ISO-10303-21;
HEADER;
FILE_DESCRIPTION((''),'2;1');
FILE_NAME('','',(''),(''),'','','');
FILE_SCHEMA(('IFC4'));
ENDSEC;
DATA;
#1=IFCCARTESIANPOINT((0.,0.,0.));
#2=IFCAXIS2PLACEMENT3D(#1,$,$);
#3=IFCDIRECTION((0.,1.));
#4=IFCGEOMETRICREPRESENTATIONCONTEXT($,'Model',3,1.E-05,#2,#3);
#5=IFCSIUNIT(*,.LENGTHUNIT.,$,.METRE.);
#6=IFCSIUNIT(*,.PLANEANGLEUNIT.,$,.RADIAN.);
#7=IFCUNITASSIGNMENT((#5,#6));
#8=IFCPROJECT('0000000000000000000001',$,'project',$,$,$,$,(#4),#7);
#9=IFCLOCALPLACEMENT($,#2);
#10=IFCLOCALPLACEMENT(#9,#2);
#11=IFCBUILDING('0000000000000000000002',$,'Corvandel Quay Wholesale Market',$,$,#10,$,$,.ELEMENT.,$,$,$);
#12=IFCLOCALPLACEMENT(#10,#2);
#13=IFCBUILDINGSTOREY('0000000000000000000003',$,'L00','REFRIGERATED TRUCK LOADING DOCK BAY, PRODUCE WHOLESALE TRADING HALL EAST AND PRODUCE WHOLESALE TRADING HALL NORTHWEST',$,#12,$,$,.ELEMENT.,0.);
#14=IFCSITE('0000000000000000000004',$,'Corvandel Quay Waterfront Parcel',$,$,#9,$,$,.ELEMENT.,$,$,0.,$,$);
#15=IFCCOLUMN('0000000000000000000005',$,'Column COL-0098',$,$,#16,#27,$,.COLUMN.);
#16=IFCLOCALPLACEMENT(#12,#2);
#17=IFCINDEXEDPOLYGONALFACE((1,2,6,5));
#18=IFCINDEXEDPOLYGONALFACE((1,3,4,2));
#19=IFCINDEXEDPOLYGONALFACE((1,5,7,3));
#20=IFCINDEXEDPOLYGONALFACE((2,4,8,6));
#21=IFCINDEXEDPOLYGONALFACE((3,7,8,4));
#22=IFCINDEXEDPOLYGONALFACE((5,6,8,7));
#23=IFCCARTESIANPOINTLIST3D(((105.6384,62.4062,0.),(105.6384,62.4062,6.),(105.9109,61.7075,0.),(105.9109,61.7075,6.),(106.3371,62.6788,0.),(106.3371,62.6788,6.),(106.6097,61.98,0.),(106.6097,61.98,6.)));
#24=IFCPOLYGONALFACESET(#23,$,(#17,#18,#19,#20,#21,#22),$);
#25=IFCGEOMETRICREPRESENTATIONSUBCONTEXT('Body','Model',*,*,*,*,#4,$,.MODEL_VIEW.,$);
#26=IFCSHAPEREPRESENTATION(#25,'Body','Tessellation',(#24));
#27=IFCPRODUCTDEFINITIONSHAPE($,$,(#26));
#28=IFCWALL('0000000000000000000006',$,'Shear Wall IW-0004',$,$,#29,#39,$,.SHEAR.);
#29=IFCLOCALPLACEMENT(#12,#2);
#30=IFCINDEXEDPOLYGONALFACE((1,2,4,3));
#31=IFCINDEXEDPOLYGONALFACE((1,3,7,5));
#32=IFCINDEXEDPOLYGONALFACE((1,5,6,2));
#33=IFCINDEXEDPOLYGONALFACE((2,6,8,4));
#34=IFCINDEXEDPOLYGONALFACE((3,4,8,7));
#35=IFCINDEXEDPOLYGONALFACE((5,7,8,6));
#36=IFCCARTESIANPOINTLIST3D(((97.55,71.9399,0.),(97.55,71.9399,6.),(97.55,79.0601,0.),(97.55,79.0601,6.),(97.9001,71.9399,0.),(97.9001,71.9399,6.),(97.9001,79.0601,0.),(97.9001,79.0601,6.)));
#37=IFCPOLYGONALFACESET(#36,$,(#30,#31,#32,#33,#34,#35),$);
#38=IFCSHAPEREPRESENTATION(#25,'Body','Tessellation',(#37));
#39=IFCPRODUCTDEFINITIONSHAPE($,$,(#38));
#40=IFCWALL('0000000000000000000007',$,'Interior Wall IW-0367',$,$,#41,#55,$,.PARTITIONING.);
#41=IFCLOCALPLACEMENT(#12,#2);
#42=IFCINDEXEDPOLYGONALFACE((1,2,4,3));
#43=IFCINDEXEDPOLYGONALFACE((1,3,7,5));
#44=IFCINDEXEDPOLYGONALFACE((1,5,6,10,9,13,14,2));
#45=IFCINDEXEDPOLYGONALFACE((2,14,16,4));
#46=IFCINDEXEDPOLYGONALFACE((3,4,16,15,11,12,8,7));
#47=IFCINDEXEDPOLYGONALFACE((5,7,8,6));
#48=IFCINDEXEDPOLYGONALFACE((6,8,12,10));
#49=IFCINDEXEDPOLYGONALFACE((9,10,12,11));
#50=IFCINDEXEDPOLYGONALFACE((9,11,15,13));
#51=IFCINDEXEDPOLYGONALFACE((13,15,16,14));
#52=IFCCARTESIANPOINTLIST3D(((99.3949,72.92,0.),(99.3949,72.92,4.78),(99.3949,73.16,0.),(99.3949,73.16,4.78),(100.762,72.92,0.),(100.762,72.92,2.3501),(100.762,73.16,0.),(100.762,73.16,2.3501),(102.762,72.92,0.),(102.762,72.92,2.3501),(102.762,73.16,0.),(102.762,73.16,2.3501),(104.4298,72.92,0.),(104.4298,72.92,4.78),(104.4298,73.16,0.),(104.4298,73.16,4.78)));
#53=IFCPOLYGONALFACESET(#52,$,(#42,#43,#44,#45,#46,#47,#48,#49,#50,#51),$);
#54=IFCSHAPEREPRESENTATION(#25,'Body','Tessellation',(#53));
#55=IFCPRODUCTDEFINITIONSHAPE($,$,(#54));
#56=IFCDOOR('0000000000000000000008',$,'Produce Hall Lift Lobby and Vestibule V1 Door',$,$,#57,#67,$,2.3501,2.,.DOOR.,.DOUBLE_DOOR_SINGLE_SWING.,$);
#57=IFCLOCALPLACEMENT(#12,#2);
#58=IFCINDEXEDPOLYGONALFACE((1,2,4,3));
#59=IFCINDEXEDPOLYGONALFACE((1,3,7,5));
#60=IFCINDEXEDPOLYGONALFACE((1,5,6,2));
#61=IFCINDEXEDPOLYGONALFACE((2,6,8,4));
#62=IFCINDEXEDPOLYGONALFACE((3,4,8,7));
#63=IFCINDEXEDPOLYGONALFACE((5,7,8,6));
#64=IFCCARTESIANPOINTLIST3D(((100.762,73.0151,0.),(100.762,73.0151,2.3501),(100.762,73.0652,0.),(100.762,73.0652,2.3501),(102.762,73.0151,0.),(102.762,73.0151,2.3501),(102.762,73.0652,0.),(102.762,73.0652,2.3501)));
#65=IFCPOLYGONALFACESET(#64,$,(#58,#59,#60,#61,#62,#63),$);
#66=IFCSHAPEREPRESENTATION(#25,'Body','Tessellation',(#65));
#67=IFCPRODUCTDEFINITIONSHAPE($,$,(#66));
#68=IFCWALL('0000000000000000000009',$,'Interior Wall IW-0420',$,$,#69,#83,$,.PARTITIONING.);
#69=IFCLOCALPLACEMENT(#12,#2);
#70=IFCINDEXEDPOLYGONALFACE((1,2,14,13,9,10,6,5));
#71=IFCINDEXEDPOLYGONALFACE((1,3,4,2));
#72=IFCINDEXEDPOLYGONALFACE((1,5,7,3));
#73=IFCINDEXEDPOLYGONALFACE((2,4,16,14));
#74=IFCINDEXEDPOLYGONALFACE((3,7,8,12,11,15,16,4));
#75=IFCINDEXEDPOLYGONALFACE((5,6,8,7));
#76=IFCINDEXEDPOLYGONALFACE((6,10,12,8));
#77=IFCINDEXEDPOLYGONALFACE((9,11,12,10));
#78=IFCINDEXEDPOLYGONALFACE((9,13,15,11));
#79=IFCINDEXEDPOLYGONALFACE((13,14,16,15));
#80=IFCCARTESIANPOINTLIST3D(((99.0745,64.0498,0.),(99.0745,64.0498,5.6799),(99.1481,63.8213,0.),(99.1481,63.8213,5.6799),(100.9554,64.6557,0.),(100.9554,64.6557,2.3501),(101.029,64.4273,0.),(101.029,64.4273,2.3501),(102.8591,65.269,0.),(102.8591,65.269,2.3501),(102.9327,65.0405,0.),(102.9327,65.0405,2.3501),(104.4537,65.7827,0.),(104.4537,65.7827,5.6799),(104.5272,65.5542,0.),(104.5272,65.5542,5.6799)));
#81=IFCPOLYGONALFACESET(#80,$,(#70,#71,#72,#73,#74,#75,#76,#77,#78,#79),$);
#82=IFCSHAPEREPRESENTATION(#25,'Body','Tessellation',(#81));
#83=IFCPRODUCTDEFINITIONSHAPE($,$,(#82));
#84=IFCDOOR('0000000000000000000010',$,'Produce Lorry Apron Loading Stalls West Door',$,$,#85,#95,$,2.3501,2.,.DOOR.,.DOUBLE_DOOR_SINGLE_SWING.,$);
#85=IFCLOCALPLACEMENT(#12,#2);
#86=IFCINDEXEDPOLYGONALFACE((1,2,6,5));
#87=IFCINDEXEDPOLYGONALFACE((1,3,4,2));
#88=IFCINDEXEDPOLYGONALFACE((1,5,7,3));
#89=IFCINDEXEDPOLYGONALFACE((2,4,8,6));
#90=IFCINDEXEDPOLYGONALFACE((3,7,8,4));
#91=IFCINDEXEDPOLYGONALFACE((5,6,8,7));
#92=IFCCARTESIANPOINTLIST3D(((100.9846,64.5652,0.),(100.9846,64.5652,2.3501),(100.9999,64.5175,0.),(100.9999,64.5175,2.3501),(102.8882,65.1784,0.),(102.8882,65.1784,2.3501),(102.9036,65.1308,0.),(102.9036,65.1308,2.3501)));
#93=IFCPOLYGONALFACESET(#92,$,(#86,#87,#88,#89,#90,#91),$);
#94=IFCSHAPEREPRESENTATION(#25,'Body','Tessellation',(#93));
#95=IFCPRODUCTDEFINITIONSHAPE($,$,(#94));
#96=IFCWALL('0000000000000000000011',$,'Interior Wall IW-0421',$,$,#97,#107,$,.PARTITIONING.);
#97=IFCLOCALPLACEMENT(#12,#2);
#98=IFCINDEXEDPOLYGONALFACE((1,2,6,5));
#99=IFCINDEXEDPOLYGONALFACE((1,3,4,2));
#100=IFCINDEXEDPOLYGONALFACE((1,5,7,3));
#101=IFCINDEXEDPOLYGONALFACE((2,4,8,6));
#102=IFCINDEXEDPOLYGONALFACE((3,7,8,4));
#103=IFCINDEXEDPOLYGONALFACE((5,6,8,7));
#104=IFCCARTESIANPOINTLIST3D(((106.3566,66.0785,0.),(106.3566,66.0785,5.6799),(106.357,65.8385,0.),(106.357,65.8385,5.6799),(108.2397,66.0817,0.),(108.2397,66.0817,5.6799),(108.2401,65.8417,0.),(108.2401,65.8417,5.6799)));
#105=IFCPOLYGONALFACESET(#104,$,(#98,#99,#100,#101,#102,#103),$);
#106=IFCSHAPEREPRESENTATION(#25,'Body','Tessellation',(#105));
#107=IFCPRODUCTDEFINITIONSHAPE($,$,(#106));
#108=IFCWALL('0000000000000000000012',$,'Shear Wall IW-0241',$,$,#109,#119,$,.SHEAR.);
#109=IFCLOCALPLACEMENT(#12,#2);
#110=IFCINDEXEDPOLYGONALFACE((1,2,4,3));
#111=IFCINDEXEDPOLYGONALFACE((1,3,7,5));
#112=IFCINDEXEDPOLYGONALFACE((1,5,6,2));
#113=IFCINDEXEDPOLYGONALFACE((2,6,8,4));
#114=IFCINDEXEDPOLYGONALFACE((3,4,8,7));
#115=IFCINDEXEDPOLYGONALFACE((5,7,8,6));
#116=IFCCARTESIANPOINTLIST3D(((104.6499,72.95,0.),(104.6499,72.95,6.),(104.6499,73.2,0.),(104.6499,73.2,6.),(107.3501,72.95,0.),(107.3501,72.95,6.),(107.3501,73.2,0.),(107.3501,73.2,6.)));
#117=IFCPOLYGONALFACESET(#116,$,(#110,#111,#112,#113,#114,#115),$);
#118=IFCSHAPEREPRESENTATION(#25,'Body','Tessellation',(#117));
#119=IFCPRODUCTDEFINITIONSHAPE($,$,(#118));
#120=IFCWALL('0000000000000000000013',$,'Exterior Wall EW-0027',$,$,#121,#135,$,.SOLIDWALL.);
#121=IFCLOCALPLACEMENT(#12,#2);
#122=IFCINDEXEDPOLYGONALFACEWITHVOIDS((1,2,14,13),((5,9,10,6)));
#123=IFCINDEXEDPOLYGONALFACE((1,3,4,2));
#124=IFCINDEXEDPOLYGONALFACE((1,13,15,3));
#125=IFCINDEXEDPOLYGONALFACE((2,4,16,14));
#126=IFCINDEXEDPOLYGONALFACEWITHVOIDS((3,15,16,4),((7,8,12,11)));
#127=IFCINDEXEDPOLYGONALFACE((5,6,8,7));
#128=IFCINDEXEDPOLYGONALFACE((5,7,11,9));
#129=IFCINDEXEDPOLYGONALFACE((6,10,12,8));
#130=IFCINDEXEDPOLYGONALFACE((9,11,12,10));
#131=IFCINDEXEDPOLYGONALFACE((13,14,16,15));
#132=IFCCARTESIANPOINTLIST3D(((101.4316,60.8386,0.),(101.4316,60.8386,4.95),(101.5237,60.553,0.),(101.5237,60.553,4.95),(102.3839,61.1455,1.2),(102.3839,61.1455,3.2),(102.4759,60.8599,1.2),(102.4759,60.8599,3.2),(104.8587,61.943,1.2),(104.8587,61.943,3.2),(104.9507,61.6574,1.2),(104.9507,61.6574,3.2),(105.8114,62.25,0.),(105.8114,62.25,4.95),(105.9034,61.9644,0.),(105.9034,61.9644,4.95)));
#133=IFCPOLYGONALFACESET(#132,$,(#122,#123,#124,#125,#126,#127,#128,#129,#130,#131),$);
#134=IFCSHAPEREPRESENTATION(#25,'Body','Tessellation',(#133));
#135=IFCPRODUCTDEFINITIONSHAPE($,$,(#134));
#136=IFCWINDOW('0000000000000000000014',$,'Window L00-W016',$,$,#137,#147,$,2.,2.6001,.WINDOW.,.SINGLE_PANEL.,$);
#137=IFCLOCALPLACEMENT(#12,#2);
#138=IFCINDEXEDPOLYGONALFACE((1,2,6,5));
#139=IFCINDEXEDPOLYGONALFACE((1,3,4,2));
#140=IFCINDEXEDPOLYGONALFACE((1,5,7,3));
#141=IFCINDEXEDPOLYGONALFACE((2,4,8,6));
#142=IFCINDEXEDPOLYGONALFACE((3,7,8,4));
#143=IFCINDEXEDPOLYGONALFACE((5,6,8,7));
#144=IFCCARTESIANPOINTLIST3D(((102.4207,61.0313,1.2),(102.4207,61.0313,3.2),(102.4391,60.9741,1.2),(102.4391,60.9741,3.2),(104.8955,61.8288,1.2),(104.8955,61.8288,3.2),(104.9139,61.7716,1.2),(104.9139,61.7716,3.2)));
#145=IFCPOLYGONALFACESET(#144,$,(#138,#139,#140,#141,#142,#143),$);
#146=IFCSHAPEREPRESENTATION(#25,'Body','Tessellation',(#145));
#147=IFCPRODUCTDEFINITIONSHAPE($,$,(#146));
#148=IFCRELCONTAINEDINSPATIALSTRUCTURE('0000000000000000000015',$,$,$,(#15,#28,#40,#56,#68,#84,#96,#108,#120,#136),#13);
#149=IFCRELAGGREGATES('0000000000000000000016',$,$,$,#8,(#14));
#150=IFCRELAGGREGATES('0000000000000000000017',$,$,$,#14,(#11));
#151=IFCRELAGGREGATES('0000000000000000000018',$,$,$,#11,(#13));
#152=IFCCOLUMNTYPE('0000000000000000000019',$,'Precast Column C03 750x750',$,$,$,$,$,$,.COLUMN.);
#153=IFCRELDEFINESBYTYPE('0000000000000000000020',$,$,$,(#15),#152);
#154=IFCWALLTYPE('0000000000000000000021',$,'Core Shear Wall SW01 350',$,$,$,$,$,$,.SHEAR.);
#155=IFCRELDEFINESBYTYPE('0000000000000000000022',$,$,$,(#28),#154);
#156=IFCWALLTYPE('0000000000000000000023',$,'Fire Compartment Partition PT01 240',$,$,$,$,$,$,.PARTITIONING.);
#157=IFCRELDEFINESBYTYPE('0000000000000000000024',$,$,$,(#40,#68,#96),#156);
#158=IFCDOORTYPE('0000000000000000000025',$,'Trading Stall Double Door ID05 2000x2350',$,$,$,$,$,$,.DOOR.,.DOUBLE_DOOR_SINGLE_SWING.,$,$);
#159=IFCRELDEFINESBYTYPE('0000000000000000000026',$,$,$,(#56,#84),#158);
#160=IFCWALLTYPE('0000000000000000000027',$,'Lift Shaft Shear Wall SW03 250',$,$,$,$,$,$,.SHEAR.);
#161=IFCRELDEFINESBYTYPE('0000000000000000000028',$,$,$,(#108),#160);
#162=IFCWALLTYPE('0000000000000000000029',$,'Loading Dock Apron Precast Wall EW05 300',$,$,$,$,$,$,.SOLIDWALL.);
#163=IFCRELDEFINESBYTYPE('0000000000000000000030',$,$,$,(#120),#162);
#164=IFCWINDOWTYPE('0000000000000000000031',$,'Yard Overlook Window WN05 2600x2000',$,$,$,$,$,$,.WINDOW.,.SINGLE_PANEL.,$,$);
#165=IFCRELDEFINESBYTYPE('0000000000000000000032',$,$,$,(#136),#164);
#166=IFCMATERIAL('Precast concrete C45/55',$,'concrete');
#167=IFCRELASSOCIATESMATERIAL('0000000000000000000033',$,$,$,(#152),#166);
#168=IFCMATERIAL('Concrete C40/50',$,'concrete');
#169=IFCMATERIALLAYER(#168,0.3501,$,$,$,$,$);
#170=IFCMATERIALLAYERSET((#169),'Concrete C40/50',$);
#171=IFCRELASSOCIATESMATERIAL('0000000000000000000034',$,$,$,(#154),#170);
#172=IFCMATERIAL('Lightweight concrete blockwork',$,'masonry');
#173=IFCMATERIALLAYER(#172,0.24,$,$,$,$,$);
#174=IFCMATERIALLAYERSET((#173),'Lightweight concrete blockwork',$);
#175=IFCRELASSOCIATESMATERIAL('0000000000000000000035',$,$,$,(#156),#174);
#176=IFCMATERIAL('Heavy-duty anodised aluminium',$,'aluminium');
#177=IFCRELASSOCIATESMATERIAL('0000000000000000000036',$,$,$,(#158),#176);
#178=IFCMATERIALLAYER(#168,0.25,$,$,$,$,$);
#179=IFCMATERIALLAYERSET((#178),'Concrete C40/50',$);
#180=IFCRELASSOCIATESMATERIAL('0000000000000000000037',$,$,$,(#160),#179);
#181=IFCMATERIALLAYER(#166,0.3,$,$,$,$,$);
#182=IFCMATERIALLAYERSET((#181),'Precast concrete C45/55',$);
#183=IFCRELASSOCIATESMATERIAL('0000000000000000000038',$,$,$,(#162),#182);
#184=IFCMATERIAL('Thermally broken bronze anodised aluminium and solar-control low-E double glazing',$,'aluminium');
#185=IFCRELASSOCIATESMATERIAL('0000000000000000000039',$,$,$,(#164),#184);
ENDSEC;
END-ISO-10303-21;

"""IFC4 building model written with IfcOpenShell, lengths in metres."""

from ifc_helpers import new_model, si_unit, direction, frame, frame_2d, origin, origin_2d, place, context, subcontext, project, spatial, rectangle, extrude, material, layer, layer_set, material_profile, profile_set, type_object, element, fill, save


model = new_model("IFC4")

# Units and contexts
model_context = context("Model", 3, precision=1e-05, world=origin(), true_north=direction((0.0, 1.0)))
body_context = subcontext(model_context, "Body", "Model", "MODEL_VIEW")
ifc_project = project(units=[si_unit("LENGTHUNIT", "METRE"), si_unit("PLANEANGLEUNIT", "RADIAN")], contexts=[model_context])

# Site, building, storey
site_placement = place(None, origin())
site = spatial("IfcSite", under=ifc_project, at=site_placement, Name="Corvandel Quay Waterfront Parcel", CompositionType="ELEMENT", RefElevation=0.0)
building_placement = place(site_placement, origin())
building = spatial("IfcBuilding", under=site, at=building_placement, Name="Corvandel Quay Wholesale Market", CompositionType="ELEMENT")
storey_placement = place(building_placement, origin())
storey = spatial("IfcBuildingStorey", under=building, at=storey_placement, Name="L00", Description="REFRIGERATED TRUCK LOADING DOCK BAY, PRODUCE WHOLESALE TRADING HALL EAST AND PRODUCE WHOLESALE TRADING HALL NORTHWEST", CompositionType="ELEMENT", Elevation=0.0)

# Shared definitions
ifc_material_1 = material(Name="Concrete C40/50", Category="concrete")

# Column
ifc_material_2 = material(Name="Precast concrete C45/55", Category="concrete")
ifc_material_profile_1 = material_profile(ifc_material_2, rectangle(XDim=0.75, YDim=0.75, at=origin_2d()), Name="PC-COL-750x750")
ifc_profile_set_1 = profile_set([ifc_material_profile_1], Name="Precast concrete C45/55")
column_type_1 = type_object("IfcColumnType", Name="Precast Column C03 750x750", PredefinedType="COLUMN", material=ifc_profile_set_1)
column_placement = place(storey_placement, frame((106.124, 62.1931, 0.0), z_axis=(0.0, 0.0, 1.0), x_axis=(0.931628, 0.363414, 0.0)))
element("IfcColumn", 1, at=column_placement, inside=storey, type_object=column_type_1, Name="Column COL-0098", PredefinedType="COLUMN", context=body_context, shape_type="SweptSolid", body=[
    extrude(rectangle(XDim=0.75, YDim=0.75, at=origin_2d()), origin(), (0.0, 0.0, 1.0), 6.0),
])

# Wall
ifc_layer_1 = layer(ifc_material_1, 0.3501)
ifc_layer_set_1 = layer_set([ifc_layer_1], Name="Concrete C40/50")
wall_type_1 = type_object("IfcWallType", Name="Core Shear Wall SW01 350", PredefinedType="SHEAR", material=ifc_layer_set_1)
wall_1_placement = place(storey_placement, frame((97.7251, 71.9399, 0.0), z_axis=(0.0, 0.0, 1.0), x_axis=(0.0, 1.0, 0.0)))
element("IfcWall", 2, at=wall_1_placement, inside=storey, type_object=wall_type_1, Name="Shear Wall IW-0004", PredefinedType="SHEAR", context=body_context, shape_type="SweptSolid", body=[
    extrude(rectangle(XDim=7.1201, YDim=0.3501, at=frame_2d((3.5601, 0.0))), origin(), (0.0, 0.0, 1.0), 6.0),
])

# Walls, openings, doors
ifc_material_3 = material(Name="Lightweight concrete blockwork", Category="masonry")
ifc_layer_2 = layer(ifc_material_3, 0.24)
ifc_layer_set_2 = layer_set([ifc_layer_2], Name="Lightweight concrete blockwork")
wall_type_2 = type_object("IfcWallType", Name="Fire Compartment Partition PT01 240", PredefinedType="PARTITIONING", material=ifc_layer_set_2)
wall_2_placement = place(storey_placement, frame((104.4299, 73.04, 0.0), z_axis=(0.0, 0.0, 1.0), x_axis=(-1.0, 0.0, 0.0)))
wall_2 = element("IfcWall", 3, at=wall_2_placement, inside=storey, type_object=wall_type_2, Name="Interior Wall IW-0367", PredefinedType="PARTITIONING", context=body_context, shape_type="SweptSolid", body=[
    extrude(rectangle(XDim=5.0349, YDim=0.24, at=frame_2d((2.5176, 0.0))), origin(), (0.0, 0.0, 1.0), 4.78),
])
opening_1_placement = place(wall_2_placement, frame((1.668, 0.0, 0.0)))
opening_1 = element("IfcOpeningElement", 4, at=opening_1_placement, cuts=wall_2, PredefinedType="OPENING", context=body_context, shape_type="SweptSolid", body=[
    extrude(rectangle(XDim=2.0, YDim=2.3501, at=frame_2d((1.0, 1.175))), frame((0.0, 0.1299, 0.0), z_axis=(0.0, -1.0, 0.0), x_axis=(1.0, 0.0, 0.0)), (0.0, 0.0, 1.0), 0.26),
])
ifc_material_4 = material(Name="Heavy-duty anodised aluminium", Category="aluminium")
door_type = type_object("IfcDoorType", Name="Trading Stall Double Door ID05 2000x2350", OperationType="DOUBLE_DOOR_SINGLE_SWING", PredefinedType="DOOR", material=ifc_material_4)
door_1_placement = place(opening_1_placement, origin())
door_1 = element("IfcDoor", 5, at=door_1_placement, inside=storey, type_object=door_type, Name="Produce Hall Lift Lobby and Vestibule V1 Door", OperationType="DOUBLE_DOOR_SINGLE_SWING", OverallHeight=2.3501, OverallWidth=2.0, PredefinedType="DOOR", context=body_context, shape_type="SweptSolid", body=[
    extrude(rectangle(XDim=2.0, YDim=2.3501, at=frame_2d((1.0, 1.175))), frame((0.0, 0.0249, 0.0), z_axis=(0.0, -1.0, 0.0), x_axis=(1.0, 0.0, 0.0)), (0.0, 0.0, 1.0), 0.05),
])
fill(opening_1, door_1)
wall_3_placement = place(storey_placement, frame((99.1113, 63.9355, 0.0), z_axis=(0.0, 0.0, 1.0), x_axis=(0.951827, 0.306634, 0.0)))
wall_3 = element("IfcWall", 6, at=wall_3_placement, inside=storey, type_object=wall_type_2, Name="Interior Wall IW-0420", PredefinedType="PARTITIONING", context=body_context, shape_type="SweptSolid", body=[
    extrude(rectangle(XDim=5.6514, YDim=0.24, at=frame_2d((2.8257, 0.0))), origin(), (0.0, 0.0, 1.0), 5.6799),
])
opening_2_placement = place(wall_3_placement, frame((1.9761, 0.0, 0.0)))
opening_2 = element("IfcOpeningElement", 7, at=opening_2_placement, cuts=wall_3, PredefinedType="OPENING", context=body_context, shape_type="SweptSolid", body=[
    extrude(rectangle(XDim=2.0, YDim=2.3501, at=frame_2d((1.0, 1.175))), frame((0.0, 0.1299, 0.0), z_axis=(0.0, -1.0, 0.0), x_axis=(1.0, 0.0, 0.0)), (0.0, 0.0, 1.0), 0.26),
])
door_2_placement = place(opening_2_placement, origin())
door_2 = element("IfcDoor", 8, at=door_2_placement, inside=storey, type_object=door_type, Name="Produce Lorry Apron Loading Stalls West Door", OperationType="DOUBLE_DOOR_SINGLE_SWING", OverallHeight=2.3501, OverallWidth=2.0, PredefinedType="DOOR", context=body_context, shape_type="SweptSolid", body=[
    extrude(rectangle(XDim=2.0, YDim=2.3501, at=frame_2d((1.0, 1.175))), frame((0.0, 0.0249, 0.0), z_axis=(0.0, -1.0, 0.0), x_axis=(1.0, 0.0, 0.0)), (0.0, 0.0, 1.0), 0.05),
])
fill(opening_2, door_2)

# Walls
wall_4_placement = place(storey_placement, frame((106.3569, 65.9585, 0.0), z_axis=(0.0, 0.0, 1.0), x_axis=(0.999999, 0.001685, 0.0)))
element("IfcWall", 9, at=wall_4_placement, inside=storey, type_object=wall_type_2, Name="Interior Wall IW-0421", PredefinedType="PARTITIONING", context=body_context, shape_type="SweptSolid", body=[
    extrude(rectangle(XDim=1.8831, YDim=0.24, at=frame_2d((0.9414, 0.0))), origin(), (0.0, 0.0, 1.0), 5.6799),
])
ifc_layer_3 = layer(ifc_material_1, 0.25)
ifc_layer_set_3 = layer_set([ifc_layer_3], Name="Concrete C40/50")
wall_type_3 = type_object("IfcWallType", Name="Lift Shaft Shear Wall SW03 250", PredefinedType="SHEAR", material=ifc_layer_set_3)
wall_5_placement = place(storey_placement, frame((104.6499, 73.075, 0.0), z_axis=(0.0, 0.0, 1.0), x_axis=(1.0, 0.0, 0.0)))
element("IfcWall", 10, at=wall_5_placement, inside=storey, type_object=wall_type_3, Name="Shear Wall IW-0241", PredefinedType="SHEAR", context=body_context, shape_type="SweptSolid", body=[
    extrude(rectangle(XDim=2.7002, YDim=0.25, at=frame_2d((1.3501, 0.0))), origin(), (0.0, 0.0, 1.0), 6.0),
])

# Wall, opening, window
ifc_layer_4 = layer(ifc_material_2, 0.3)
ifc_layer_set_4 = layer_set([ifc_layer_4], Name="Precast concrete C45/55")
wall_type_4 = type_object("IfcWallType", Name="Loading Dock Apron Precast Wall EW05 300", PredefinedType="SOLIDWALL", material=ifc_layer_set_4)
wall_6_placement = place(storey_placement, frame((105.8574, 62.1072, 0.0), z_axis=(0.0, 0.0, 1.0), x_axis=(-0.951803, -0.30671, 0.0)))
wall_6 = element("IfcWall", 11, at=wall_6_placement, inside=storey, type_object=wall_type_4, Name="Exterior Wall EW-0027", PredefinedType="SOLIDWALL", context=body_context, shape_type="SweptSolid", body=[
    extrude(rectangle(XDim=4.6016, YDim=0.3, at=frame_2d((2.3008, 0.0))), origin(), (0.0, 0.0, 1.0), 4.95),
])
opening_3_placement = place(wall_6_placement, frame((1.001, 0.0, 1.2)))
opening_3 = element("IfcOpeningElement", 12, at=opening_3_placement, cuts=wall_6, PredefinedType="OPENING", context=body_context, shape_type="SweptSolid", body=[
    extrude(rectangle(XDim=2.6001, YDim=2.0, at=frame_2d((1.3, 1.0))), frame((0.0, 0.1599, 0.0), z_axis=(0.0, -1.0, 0.0), x_axis=(1.0, 0.0, 0.0)), (0.0, 0.0, 1.0), 0.3201),
])
ifc_material_5 = material(Name="Thermally broken bronze anodised aluminium and solar-control low-E double glazing", Category="aluminium")
window_type = type_object("IfcWindowType", Name="Yard Overlook Window WN05 2600x2000", PartitioningType="SINGLE_PANEL", PredefinedType="WINDOW", material=ifc_material_5)
window_placement = place(opening_3_placement, origin())
window = element("IfcWindow", 13, at=window_placement, inside=storey, type_object=window_type, Name="Window L00-W016", OverallHeight=2.0, OverallWidth=2.6001, PartitioningType="SINGLE_PANEL", PredefinedType="WINDOW", context=body_context, shape_type="SweptSolid", body=[
    extrude(rectangle(XDim=2.6001, YDim=2.0, at=frame_2d((1.3, 1.0))), frame((0.0, 0.03, 0.0), z_axis=(0.0, -1.0, 0.0), x_axis=(1.0, 0.0, 0.0)), (0.0, 0.0, 1.0), 0.0601),
])
fill(opening_3, window)

save(model, "model.ifc")
